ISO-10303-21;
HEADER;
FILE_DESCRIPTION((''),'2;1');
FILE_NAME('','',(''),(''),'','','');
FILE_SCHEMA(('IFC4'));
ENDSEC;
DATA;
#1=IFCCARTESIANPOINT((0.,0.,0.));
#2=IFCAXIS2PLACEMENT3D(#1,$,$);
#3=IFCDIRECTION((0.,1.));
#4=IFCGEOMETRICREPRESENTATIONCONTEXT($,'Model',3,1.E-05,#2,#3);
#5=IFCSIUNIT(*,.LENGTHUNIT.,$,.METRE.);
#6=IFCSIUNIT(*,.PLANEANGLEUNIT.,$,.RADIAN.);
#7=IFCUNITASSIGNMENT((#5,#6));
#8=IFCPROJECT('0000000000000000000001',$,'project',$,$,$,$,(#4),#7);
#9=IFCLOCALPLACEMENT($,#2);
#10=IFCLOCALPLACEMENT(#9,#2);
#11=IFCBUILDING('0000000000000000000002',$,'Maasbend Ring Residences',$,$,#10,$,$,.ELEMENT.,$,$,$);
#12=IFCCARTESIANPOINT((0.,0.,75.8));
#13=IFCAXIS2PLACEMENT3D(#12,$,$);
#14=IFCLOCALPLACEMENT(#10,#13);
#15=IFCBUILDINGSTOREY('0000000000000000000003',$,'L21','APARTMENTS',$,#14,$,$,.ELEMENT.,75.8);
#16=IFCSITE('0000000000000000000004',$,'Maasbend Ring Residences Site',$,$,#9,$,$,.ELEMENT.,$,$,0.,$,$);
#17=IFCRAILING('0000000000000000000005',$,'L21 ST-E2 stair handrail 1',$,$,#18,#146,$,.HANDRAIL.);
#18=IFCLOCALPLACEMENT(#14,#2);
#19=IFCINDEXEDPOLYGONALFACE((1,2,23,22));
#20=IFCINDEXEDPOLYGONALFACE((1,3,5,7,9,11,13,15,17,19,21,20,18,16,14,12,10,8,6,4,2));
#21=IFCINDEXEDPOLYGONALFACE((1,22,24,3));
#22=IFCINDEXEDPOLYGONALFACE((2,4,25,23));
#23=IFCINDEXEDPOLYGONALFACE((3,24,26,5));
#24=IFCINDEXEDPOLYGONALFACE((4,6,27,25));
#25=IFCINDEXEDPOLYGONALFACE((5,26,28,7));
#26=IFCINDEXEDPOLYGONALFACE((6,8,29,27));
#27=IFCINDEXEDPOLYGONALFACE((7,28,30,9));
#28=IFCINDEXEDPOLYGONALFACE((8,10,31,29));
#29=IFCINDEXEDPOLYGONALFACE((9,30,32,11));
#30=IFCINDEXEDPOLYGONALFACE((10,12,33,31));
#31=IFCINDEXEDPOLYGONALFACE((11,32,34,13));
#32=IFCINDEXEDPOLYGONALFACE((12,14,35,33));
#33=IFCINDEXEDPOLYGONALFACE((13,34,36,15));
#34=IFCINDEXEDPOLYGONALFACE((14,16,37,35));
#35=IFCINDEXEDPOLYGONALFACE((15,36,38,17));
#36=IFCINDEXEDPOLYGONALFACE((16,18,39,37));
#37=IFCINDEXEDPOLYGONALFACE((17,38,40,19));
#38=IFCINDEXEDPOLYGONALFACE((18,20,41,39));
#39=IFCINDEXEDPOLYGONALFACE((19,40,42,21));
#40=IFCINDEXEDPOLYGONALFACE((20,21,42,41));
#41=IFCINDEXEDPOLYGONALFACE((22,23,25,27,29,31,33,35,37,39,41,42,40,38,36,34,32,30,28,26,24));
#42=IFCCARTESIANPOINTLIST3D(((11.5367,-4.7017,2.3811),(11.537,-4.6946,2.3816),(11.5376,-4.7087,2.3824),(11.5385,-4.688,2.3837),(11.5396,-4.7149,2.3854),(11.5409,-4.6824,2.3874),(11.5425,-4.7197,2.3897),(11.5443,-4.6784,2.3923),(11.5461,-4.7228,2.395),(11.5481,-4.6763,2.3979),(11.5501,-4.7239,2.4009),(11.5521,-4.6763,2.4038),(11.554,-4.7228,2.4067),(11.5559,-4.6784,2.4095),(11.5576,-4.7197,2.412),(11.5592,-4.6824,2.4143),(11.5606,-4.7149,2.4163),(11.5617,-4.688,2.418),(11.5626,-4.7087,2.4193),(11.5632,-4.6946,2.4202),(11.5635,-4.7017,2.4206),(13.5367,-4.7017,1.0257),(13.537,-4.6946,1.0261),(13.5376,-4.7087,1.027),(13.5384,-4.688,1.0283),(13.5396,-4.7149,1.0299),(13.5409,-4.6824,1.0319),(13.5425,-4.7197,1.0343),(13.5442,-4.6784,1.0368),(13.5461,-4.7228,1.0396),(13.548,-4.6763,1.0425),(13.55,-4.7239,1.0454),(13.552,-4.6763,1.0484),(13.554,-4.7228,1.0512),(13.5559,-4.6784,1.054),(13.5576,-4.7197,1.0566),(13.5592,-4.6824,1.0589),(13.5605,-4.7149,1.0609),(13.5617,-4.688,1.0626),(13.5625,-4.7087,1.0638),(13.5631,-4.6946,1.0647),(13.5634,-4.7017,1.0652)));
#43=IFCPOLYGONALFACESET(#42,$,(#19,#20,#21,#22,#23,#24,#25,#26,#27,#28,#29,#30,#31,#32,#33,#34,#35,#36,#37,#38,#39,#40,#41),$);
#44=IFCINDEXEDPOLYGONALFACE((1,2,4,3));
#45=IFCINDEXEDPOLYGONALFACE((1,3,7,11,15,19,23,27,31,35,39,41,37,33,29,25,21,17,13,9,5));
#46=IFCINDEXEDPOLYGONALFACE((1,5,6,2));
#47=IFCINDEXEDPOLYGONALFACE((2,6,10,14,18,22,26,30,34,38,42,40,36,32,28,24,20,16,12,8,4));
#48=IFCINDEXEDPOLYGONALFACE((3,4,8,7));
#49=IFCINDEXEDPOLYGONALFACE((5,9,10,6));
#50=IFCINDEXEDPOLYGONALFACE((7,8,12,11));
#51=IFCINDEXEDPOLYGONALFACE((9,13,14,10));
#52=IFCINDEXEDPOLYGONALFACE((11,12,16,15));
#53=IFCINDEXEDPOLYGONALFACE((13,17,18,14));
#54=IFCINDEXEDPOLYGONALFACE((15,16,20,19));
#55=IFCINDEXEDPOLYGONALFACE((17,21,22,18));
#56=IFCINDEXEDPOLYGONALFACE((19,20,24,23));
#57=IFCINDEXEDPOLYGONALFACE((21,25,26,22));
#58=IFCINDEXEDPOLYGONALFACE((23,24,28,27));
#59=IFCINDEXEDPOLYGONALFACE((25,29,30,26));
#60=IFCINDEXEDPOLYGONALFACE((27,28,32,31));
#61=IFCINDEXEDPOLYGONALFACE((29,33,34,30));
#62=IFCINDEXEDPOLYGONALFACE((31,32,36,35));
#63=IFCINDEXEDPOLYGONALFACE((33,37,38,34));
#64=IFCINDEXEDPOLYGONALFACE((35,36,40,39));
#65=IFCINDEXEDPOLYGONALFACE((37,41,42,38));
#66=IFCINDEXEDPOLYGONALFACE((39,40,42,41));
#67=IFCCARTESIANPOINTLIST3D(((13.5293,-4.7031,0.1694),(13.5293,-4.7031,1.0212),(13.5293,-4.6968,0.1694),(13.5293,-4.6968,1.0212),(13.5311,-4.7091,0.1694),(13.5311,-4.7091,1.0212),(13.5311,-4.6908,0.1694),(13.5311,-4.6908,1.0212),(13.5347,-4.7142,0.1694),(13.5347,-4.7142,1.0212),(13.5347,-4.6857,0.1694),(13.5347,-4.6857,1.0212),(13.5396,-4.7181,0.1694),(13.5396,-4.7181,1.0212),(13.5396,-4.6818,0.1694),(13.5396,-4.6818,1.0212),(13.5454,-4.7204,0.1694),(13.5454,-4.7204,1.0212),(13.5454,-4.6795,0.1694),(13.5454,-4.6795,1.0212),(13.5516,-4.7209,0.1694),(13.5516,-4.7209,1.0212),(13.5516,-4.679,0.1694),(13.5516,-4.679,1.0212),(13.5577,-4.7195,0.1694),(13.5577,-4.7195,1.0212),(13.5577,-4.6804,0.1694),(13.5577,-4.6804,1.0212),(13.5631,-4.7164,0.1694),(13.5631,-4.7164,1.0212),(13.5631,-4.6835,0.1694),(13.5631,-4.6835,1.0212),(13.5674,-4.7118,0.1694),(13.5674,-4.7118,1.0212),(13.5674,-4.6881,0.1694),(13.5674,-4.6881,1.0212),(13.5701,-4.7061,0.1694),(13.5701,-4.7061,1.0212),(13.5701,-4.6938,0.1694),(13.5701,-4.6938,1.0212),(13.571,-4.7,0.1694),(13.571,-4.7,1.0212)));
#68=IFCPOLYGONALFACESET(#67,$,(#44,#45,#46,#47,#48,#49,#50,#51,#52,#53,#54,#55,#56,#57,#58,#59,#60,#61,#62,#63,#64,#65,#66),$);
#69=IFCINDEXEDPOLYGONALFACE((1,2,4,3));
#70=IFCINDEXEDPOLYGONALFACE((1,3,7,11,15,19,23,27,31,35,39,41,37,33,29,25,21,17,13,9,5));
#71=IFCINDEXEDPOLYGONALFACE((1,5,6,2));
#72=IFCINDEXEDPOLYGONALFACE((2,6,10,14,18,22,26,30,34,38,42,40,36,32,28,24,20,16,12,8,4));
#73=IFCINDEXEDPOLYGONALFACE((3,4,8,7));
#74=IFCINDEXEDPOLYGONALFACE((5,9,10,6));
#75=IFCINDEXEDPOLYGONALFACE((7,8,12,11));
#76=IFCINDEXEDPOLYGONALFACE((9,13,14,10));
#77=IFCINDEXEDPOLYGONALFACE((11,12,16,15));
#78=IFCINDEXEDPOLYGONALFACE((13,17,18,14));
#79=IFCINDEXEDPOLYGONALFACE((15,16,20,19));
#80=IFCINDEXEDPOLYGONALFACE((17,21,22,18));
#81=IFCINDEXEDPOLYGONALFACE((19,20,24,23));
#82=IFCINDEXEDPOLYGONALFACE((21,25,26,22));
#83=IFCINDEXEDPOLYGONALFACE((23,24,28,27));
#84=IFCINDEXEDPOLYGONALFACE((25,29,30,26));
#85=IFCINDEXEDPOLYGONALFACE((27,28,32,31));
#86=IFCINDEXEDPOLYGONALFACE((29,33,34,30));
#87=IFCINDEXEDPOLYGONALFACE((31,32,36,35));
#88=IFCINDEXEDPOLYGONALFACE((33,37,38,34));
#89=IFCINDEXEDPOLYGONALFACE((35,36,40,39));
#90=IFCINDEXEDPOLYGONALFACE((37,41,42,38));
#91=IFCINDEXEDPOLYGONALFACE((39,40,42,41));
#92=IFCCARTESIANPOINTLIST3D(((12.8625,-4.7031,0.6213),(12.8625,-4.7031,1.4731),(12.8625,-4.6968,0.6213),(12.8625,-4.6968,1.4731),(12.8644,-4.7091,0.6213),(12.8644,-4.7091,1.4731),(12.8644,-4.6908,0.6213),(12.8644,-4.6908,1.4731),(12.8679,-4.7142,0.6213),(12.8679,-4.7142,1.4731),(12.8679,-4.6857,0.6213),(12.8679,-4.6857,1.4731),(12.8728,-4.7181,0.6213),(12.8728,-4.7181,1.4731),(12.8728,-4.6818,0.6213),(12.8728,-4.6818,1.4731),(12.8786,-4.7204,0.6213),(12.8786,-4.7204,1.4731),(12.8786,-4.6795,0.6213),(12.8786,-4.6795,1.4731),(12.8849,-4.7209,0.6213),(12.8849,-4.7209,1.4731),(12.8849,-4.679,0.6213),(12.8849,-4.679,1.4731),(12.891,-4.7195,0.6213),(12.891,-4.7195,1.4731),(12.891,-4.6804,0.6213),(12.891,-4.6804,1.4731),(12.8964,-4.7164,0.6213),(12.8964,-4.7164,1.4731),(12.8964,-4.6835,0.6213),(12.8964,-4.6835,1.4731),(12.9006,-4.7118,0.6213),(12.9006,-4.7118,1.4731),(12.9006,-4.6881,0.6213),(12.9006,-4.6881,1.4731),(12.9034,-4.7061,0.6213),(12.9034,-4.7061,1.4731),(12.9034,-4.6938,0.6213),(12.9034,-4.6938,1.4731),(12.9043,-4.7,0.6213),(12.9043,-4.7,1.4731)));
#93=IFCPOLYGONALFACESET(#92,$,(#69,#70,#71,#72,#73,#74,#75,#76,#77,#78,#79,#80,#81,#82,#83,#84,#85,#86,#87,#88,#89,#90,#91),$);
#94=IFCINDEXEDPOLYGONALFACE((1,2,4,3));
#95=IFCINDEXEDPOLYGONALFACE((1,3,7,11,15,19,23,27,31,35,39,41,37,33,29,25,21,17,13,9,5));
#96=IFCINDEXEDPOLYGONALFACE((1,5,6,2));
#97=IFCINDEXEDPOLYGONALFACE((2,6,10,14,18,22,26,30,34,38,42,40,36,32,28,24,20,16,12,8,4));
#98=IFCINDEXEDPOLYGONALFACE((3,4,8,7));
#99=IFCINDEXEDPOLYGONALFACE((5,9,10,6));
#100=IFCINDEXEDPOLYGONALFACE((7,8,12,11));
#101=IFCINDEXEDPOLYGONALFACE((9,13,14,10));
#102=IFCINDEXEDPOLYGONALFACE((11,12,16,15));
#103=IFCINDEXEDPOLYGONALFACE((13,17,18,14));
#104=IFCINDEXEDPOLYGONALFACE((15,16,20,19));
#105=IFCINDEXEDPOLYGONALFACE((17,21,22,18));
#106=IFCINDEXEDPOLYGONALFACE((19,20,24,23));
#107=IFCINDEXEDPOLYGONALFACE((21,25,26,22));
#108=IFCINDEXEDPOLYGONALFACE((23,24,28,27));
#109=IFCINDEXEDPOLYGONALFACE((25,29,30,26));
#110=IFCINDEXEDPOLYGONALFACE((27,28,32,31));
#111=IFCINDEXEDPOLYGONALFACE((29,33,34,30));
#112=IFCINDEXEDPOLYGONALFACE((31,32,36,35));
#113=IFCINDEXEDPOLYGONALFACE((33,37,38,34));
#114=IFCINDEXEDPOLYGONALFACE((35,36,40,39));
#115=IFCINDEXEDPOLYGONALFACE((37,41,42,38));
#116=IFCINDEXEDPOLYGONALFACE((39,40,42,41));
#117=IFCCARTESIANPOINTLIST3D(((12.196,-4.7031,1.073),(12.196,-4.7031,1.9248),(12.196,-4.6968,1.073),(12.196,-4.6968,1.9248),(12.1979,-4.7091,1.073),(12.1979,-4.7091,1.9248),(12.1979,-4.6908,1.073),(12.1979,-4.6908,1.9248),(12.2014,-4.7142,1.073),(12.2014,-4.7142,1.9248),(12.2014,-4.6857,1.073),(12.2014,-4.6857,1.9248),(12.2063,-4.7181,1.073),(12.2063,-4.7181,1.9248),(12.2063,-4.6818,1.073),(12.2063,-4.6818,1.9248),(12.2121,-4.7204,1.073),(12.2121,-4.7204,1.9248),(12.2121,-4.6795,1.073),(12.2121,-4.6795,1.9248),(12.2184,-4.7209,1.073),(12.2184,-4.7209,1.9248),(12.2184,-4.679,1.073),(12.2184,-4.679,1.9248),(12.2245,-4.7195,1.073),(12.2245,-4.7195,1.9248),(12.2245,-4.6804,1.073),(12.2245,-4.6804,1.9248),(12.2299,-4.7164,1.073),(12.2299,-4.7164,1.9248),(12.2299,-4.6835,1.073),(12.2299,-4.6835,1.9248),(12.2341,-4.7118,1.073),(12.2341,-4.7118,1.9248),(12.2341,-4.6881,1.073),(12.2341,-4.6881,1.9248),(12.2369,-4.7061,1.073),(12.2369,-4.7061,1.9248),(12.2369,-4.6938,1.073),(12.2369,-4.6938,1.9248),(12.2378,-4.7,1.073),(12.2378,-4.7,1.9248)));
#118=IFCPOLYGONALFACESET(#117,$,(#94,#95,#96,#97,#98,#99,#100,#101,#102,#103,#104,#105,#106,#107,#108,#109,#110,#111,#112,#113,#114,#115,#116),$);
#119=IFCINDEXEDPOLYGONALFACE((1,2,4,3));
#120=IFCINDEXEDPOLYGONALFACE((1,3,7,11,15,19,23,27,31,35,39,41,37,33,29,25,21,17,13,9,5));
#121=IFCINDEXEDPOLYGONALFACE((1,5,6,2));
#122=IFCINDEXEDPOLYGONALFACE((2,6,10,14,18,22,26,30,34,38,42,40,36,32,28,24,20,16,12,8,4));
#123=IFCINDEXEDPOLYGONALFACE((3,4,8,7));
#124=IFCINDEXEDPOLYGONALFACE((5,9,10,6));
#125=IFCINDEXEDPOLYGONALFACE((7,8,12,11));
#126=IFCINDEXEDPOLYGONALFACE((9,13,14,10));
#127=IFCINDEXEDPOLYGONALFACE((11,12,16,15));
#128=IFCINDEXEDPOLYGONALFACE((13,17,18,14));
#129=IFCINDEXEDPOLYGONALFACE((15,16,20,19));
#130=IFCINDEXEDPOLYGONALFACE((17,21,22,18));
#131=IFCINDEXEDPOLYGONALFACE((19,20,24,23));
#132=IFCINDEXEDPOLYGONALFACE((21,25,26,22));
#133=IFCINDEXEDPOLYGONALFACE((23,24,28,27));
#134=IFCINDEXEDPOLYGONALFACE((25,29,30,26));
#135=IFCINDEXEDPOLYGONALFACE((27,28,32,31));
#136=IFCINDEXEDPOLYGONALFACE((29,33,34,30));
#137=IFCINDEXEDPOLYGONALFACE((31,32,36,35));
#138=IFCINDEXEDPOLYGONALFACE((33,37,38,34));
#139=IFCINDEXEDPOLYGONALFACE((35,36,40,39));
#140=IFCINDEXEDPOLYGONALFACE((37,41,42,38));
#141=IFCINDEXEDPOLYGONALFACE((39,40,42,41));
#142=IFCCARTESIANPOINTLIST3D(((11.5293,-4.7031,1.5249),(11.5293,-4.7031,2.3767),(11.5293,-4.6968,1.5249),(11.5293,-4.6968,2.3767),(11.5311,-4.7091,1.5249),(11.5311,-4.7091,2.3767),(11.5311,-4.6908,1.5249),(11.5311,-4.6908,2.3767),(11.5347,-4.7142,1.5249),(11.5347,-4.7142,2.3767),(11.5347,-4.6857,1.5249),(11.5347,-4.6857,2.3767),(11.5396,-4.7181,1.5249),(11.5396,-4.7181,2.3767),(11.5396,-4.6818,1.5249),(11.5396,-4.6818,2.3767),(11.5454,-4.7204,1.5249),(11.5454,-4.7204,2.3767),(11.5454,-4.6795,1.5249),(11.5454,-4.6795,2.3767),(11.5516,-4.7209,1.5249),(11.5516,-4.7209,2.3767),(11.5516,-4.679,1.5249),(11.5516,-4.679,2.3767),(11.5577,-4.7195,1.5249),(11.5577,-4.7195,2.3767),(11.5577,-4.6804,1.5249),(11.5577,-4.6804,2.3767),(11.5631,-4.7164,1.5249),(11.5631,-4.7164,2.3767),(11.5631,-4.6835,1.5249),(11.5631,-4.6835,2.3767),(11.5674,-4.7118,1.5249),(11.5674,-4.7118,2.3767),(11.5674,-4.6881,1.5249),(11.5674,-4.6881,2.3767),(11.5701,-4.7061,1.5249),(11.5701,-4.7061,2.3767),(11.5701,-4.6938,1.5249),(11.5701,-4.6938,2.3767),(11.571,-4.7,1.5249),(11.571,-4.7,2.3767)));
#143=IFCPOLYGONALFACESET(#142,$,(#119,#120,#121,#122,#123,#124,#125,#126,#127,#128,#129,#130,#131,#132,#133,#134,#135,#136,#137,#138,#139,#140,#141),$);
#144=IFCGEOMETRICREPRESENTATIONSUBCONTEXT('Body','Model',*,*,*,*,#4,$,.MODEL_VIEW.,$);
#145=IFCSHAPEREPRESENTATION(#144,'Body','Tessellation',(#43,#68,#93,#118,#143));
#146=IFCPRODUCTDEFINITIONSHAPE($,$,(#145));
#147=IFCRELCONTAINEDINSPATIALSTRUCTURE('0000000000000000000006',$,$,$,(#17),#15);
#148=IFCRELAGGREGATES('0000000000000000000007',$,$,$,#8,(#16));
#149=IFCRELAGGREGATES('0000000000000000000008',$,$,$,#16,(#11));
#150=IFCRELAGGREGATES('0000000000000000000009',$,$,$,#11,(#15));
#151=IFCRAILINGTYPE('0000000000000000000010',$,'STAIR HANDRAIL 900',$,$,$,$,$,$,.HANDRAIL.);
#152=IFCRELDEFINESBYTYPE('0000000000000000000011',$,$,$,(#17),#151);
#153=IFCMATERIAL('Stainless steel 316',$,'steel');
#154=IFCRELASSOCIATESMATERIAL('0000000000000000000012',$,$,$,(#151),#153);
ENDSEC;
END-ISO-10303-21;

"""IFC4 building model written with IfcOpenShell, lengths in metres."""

from ifc_helpers import new_model, si_unit, direction, frame, origin, origin_2d, place, context, subcontext, project, spatial, circle, extrude, material, type_object, element, save


model = new_model("IFC4")

# Units and contexts
model_context = context("Model", 3, precision=1e-05, world=origin(), true_north=direction((0.0, 1.0)))
body_context = subcontext(model_context, "Body", "Model", "MODEL_VIEW")
ifc_project = project(units=[si_unit("LENGTHUNIT", "METRE"), si_unit("PLANEANGLEUNIT", "RADIAN")], contexts=[model_context])

# Site, building, storey
site_placement = place(None, origin())
site = spatial("IfcSite", under=ifc_project, at=site_placement, Name="Maasbend Ring Residences Site", CompositionType="ELEMENT", RefElevation=0.0)
building_placement = place(site_placement, origin())
building = spatial("IfcBuilding", under=site, at=building_placement, Name="Maasbend Ring Residences", CompositionType="ELEMENT")
storey_placement = place(building_placement, frame((0.0, 0.0, 75.8)))
storey = spatial("IfcBuildingStorey", under=building, at=storey_placement, Name="L21", Description="APARTMENTS", CompositionType="ELEMENT", Elevation=75.8)

# Railing
ifc_material_1 = material(Name="Stainless steel 316", Category="steel")
railing_type = type_object("IfcRailingType", Name="STAIR HANDRAIL 900", PredefinedType="HANDRAIL", material=ifc_material_1)
railing_1_placement = place(storey_placement, frame((13.55, -4.7, 0.1694)))
element("IfcRailing", 1, at=railing_1_placement, inside=storey, type_object=railing_type, Name="L21 ST-E2 stair handrail 1", PredefinedType="HANDRAIL", context=body_context, shape_type="SweptSolid", body=[
    extrude(circle(Radius=0.0239, at=origin_2d()), frame((0.0, 0.0, 0.876), z_axis=(-0.827798, 0.0, 0.561027), x_axis=(0.0, -1.0, 0.0)), (0.0, 0.0, 1.0), 2.416),
    extrude(circle(Radius=0.021, at=origin_2d()), origin(), (0.0, 0.0, 1.0), 0.8518),
    extrude(circle(Radius=0.021, at=origin_2d()), frame((-0.6667, 0.0, 0.4519)), (0.0, 0.0, 1.0), 0.8518),
    extrude(circle(Radius=0.021, at=origin_2d()), frame((-1.3333, 0.0, 0.9036)), (0.0, 0.0, 1.0), 0.8518),
    extrude(circle(Radius=0.021, at=origin_2d()), frame((-2.0, 0.0, 1.3555)), (0.0, 0.0, 1.0), 0.8518),
])

save(model, "model.ifc")
